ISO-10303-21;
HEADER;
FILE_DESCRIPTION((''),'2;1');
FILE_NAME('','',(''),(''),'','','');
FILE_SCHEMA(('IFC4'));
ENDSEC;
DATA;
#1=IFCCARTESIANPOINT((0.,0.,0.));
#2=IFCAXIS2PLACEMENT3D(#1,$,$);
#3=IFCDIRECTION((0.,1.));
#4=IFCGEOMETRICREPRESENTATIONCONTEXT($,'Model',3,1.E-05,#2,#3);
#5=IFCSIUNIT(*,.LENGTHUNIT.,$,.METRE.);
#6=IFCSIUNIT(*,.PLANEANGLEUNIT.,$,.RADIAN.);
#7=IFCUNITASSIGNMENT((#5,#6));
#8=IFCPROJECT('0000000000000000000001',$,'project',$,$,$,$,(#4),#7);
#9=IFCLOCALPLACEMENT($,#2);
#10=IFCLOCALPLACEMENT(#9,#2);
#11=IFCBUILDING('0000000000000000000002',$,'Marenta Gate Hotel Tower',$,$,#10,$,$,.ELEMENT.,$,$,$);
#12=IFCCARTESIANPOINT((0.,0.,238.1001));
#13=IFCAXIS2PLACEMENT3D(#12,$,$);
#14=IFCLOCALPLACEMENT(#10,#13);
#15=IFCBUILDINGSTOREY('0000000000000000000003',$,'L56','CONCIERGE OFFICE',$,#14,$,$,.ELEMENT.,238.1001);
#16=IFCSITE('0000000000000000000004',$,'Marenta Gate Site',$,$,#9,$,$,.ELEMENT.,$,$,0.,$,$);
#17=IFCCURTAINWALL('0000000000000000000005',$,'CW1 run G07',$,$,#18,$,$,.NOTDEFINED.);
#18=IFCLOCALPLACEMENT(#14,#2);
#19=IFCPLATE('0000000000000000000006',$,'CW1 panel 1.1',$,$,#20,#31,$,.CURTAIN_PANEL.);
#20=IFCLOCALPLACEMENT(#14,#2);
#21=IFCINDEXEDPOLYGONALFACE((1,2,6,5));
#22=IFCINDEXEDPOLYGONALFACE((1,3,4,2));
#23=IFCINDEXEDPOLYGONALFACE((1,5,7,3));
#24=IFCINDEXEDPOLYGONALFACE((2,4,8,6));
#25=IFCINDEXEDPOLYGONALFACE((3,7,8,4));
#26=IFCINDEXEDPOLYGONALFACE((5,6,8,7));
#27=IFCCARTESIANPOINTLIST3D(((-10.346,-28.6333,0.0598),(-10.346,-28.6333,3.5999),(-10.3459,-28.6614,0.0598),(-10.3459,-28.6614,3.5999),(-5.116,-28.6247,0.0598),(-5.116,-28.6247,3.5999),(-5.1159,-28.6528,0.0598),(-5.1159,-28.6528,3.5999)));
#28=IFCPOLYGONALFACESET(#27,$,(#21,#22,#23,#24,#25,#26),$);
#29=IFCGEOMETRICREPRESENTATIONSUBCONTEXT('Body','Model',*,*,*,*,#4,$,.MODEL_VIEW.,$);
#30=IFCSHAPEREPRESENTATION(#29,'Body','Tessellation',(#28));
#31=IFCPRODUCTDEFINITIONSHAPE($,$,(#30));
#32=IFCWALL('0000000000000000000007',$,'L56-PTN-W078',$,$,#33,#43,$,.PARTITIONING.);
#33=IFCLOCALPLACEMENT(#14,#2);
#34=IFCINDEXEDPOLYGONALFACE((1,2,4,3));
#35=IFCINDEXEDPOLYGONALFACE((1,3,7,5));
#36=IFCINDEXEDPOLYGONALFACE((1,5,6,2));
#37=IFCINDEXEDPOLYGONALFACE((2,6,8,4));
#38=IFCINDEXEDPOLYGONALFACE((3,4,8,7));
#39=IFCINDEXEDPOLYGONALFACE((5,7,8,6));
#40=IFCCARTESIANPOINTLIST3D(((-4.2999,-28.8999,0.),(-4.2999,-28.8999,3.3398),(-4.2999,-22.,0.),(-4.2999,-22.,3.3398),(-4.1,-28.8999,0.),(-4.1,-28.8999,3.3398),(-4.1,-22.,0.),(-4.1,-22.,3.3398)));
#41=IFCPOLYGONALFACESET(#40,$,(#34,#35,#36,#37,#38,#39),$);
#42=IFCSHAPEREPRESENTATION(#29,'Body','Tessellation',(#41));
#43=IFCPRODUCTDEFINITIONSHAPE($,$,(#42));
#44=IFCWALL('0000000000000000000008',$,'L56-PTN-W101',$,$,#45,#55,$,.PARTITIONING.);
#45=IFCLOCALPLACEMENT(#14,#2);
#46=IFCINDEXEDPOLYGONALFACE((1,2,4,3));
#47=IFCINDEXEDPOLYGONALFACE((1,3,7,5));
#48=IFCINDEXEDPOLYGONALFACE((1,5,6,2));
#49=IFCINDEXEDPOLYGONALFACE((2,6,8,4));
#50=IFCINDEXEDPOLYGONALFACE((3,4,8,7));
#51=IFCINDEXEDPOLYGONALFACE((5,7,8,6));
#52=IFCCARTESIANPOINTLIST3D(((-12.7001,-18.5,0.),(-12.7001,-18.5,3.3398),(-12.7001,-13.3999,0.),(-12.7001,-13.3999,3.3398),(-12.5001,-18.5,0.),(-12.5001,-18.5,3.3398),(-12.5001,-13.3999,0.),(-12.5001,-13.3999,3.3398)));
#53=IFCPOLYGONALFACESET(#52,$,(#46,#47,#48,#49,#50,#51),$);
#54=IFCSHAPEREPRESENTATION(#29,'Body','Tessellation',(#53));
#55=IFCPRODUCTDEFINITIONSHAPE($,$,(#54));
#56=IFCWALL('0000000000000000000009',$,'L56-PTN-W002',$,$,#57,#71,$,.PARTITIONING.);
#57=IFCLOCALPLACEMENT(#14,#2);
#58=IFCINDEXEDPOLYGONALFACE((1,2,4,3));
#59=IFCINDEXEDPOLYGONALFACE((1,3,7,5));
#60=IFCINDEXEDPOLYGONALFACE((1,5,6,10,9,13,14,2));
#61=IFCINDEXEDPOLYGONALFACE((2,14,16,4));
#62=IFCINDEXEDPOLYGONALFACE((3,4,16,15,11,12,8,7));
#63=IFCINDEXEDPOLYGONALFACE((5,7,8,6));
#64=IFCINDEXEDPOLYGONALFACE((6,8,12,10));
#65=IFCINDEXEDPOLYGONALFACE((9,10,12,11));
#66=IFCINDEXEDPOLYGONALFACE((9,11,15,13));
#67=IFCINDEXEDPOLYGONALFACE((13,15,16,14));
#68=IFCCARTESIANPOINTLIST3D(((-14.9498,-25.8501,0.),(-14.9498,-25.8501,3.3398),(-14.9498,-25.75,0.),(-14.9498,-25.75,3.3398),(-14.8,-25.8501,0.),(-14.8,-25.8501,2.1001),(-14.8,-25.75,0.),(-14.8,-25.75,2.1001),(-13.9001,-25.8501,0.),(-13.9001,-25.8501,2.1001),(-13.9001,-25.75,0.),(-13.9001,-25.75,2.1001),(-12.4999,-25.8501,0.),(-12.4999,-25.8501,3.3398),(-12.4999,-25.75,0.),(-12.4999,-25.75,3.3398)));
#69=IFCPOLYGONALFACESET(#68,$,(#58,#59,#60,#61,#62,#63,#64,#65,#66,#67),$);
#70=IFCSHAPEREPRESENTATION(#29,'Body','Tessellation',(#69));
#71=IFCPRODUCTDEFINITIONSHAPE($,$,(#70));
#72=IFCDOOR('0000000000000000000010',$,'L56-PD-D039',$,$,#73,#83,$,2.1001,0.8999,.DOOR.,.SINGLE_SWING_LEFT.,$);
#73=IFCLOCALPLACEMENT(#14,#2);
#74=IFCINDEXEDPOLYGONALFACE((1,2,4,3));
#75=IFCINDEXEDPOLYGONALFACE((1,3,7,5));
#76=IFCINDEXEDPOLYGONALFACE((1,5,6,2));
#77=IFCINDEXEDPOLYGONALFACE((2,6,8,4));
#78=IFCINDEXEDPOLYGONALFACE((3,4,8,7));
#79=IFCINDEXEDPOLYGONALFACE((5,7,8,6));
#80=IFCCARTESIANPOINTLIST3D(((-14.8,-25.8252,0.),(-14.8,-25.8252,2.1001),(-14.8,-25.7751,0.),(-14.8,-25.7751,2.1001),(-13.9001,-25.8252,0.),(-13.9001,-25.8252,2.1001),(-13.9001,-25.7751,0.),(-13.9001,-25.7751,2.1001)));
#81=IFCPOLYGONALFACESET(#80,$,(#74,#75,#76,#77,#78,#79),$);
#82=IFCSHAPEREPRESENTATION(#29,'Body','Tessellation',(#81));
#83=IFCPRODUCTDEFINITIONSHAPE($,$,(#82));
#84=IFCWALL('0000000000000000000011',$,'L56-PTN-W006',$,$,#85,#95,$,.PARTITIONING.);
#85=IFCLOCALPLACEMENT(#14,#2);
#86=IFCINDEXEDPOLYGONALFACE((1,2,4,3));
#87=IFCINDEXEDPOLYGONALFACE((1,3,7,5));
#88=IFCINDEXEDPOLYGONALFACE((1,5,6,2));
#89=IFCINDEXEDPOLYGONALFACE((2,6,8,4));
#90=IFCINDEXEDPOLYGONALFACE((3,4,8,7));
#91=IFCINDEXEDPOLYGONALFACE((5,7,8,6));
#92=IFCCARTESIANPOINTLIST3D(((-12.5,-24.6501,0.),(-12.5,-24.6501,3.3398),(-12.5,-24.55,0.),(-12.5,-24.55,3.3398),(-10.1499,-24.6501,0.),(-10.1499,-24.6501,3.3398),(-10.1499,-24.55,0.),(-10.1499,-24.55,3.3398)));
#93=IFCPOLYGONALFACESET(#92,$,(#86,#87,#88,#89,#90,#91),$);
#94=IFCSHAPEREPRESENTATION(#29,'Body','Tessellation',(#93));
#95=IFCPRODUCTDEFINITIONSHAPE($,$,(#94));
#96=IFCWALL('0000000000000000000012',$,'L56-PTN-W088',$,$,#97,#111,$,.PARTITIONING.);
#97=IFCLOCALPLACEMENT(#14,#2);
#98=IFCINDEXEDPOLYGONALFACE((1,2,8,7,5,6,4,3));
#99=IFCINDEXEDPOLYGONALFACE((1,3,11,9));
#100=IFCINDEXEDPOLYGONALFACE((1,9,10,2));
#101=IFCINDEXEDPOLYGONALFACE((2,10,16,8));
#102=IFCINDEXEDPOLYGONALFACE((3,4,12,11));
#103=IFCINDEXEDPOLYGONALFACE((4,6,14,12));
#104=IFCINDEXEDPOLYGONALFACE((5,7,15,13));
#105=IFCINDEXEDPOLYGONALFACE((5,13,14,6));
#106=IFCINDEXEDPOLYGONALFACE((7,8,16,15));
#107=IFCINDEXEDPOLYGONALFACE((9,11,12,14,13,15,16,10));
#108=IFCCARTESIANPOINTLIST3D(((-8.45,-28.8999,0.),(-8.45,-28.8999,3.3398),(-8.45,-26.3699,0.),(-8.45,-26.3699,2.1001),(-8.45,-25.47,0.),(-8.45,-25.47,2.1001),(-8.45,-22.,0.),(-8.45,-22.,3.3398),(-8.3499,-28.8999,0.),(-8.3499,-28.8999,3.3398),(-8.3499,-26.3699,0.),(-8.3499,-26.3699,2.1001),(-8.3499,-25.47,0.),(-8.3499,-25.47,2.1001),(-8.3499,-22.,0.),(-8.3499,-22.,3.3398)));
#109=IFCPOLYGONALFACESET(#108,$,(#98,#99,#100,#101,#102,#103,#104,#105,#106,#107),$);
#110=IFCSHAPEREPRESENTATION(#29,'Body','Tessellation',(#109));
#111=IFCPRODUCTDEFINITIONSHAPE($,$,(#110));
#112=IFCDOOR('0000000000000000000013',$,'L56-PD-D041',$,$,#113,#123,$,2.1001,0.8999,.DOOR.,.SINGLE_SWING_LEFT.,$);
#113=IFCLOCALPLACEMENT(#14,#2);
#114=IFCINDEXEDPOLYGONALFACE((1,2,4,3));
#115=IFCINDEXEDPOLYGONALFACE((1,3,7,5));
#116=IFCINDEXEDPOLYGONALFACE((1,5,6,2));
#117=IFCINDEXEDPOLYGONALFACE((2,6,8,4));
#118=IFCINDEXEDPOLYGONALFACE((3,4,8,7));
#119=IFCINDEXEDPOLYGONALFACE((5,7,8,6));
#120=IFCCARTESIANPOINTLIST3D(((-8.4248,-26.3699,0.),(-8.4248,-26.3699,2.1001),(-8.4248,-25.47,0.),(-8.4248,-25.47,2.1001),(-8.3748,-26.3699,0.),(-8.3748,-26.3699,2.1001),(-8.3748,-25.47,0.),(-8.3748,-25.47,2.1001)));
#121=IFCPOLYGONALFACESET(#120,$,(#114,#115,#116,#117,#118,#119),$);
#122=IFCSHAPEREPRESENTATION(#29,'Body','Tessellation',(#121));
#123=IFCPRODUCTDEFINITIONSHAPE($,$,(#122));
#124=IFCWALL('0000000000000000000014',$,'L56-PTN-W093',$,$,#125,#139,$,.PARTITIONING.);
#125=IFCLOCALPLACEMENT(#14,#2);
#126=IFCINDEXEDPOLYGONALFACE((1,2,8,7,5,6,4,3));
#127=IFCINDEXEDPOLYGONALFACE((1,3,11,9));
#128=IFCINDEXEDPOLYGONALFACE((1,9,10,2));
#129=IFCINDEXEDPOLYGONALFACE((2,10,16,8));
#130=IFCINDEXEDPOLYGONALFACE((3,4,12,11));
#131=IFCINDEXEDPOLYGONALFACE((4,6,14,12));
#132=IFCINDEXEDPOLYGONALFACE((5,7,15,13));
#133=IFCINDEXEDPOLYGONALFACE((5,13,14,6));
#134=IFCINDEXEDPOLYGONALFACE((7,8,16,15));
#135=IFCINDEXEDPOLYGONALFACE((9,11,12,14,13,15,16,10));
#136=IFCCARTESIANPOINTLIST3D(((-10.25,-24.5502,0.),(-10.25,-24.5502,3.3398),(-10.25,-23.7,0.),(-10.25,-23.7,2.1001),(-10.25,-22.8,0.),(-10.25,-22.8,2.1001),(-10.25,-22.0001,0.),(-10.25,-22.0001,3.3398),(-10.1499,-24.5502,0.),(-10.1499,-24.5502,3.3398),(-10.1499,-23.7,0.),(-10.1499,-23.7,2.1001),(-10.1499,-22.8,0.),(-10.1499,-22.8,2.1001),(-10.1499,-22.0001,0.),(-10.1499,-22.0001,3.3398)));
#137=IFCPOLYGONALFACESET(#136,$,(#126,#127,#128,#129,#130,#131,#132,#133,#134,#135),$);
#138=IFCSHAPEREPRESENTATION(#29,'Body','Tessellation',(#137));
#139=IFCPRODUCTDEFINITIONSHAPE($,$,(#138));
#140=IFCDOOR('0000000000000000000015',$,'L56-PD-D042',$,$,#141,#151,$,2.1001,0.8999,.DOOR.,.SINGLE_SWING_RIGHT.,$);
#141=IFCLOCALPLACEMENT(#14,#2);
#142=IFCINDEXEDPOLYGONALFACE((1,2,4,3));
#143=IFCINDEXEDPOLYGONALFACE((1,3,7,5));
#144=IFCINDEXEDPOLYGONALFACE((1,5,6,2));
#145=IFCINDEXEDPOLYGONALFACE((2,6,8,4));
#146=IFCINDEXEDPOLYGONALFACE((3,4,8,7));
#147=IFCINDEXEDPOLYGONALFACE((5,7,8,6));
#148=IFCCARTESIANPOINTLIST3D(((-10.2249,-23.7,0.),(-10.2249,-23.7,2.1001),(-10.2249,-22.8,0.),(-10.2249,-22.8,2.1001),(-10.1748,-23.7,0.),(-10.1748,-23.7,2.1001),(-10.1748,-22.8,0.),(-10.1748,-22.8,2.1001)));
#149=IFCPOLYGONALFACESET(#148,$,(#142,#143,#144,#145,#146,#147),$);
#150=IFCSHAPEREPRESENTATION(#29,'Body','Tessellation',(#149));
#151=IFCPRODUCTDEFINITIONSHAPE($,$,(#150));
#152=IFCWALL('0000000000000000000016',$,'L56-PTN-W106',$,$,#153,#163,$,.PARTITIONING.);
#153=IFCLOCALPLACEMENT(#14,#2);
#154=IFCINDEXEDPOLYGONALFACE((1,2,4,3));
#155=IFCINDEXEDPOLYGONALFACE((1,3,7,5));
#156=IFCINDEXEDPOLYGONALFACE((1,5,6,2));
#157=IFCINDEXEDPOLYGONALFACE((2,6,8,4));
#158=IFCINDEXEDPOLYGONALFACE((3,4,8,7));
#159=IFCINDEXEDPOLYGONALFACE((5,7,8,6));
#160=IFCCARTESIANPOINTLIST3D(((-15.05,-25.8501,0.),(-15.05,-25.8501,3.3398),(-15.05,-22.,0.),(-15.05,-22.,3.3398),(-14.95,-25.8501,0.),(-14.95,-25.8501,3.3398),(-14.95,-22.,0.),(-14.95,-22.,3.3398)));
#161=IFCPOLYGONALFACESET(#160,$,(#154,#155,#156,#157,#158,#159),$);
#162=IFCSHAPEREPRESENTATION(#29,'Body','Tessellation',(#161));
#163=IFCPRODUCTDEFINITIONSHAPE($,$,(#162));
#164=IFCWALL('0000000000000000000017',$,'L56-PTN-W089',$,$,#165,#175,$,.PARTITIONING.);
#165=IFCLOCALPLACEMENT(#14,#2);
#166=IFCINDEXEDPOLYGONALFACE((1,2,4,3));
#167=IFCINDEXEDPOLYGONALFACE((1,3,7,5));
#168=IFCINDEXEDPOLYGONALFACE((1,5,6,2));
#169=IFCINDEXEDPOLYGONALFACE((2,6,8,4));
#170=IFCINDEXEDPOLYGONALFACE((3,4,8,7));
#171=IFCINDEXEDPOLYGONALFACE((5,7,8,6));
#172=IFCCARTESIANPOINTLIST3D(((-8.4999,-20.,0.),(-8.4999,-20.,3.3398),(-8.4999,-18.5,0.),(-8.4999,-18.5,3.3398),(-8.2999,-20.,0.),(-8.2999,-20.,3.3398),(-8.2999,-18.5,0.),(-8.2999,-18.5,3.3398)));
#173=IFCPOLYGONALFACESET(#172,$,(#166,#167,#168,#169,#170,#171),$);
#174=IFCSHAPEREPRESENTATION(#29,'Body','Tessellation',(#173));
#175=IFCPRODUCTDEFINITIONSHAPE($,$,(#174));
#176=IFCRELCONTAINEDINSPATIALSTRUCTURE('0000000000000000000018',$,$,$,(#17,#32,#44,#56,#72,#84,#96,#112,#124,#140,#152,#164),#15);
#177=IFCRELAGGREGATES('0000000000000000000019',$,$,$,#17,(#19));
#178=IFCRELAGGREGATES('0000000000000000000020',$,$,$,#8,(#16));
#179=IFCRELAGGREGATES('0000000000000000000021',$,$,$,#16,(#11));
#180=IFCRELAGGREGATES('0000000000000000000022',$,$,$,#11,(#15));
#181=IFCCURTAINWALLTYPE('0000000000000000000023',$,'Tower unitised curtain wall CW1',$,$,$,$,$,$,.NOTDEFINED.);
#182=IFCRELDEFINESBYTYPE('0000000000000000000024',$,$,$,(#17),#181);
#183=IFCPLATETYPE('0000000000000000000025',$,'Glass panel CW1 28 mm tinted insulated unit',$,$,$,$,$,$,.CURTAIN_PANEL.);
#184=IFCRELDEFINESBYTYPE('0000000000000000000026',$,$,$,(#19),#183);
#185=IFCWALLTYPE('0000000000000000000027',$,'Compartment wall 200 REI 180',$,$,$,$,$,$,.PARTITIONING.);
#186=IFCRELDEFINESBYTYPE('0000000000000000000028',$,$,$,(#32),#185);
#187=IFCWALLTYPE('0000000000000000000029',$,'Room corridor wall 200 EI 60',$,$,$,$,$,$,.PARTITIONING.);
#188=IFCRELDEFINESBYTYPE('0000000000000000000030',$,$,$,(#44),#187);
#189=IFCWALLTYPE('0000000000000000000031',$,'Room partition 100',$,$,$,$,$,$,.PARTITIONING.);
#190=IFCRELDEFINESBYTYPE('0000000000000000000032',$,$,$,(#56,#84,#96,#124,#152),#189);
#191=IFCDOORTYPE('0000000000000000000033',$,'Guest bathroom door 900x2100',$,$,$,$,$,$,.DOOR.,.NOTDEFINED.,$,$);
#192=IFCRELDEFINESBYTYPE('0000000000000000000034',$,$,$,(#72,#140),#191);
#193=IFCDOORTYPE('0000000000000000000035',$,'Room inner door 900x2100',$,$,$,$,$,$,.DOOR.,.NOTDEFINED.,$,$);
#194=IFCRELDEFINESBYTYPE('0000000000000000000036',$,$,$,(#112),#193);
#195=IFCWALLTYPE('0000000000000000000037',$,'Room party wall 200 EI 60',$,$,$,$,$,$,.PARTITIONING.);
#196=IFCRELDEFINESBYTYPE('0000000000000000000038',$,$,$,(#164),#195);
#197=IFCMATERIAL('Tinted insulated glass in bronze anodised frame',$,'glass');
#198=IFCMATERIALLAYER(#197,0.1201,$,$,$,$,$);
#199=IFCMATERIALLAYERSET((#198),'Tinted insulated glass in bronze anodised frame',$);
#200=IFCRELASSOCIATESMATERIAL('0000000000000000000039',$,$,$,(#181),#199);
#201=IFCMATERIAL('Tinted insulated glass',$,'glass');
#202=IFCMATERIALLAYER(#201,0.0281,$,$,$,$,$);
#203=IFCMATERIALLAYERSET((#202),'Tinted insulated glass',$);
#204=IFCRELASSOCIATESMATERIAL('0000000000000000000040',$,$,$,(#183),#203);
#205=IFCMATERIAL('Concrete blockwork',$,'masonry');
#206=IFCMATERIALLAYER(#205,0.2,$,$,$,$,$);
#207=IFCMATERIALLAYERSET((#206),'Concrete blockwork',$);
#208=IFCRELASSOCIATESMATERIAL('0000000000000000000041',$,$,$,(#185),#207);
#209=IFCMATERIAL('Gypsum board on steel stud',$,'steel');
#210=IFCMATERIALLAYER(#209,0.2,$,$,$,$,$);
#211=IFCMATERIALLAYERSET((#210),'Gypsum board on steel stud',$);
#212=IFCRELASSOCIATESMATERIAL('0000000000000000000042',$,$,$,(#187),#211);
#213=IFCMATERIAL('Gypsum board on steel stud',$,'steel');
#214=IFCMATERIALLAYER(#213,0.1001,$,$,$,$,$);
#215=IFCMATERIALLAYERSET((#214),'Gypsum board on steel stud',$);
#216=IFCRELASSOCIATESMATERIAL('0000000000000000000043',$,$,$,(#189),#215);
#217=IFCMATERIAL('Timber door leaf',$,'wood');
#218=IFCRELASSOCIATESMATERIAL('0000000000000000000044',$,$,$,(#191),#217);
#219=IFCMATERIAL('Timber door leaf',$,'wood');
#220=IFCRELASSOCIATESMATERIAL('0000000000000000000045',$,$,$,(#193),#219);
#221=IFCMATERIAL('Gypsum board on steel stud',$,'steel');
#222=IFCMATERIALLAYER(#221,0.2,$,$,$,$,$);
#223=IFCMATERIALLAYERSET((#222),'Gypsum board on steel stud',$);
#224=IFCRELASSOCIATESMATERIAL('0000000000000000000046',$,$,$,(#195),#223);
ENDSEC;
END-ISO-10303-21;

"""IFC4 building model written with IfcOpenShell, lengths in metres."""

from ifc_helpers import new_model, si_unit, direction, frame, frame_2d, origin, origin_2d, place, context, subcontext, project, spatial, rectangle, extrude, material, layer, layer_set, type_object, element, fill, aggregate, save


model = new_model("IFC4")

# Units and contexts
model_context = context("Model", 3, precision=1e-05, world=origin(), true_north=direction((0.0, 1.0)))
body_context = subcontext(model_context, "Body", "Model", "MODEL_VIEW")
ifc_project = project(units=[si_unit("LENGTHUNIT", "METRE"), si_unit("PLANEANGLEUNIT", "RADIAN")], contexts=[model_context])

# Site, building, storey
site_placement = place(None, origin())
site = spatial("IfcSite", under=ifc_project, at=site_placement, Name="Marenta Gate Site", CompositionType="ELEMENT", RefElevation=0.0)
building_placement = place(site_placement, origin())
building = spatial("IfcBuilding", under=site, at=building_placement, Name="Marenta Gate Hotel Tower", CompositionType="ELEMENT")
storey_placement = place(building_placement, frame((0.0, 0.0, 238.1001)))
storey = spatial("IfcBuildingStorey", under=building, at=storey_placement, Name="L56", Description="CONCIERGE OFFICE", CompositionType="ELEMENT", Elevation=238.1001)

# Shared definitions
ifc_material_1 = material(Name="Tinted insulated glass in bronze anodised frame", Category="glass")
ifc_layer_1 = layer(ifc_material_1, 0.1201)
ifc_layer_set_1 = layer_set([ifc_layer_1], Name="Tinted insulated glass in bronze anodised frame")
curtain_wall_type = type_object("IfcCurtainWallType", Name="Tower unitised curtain wall CW1", PredefinedType="NOTDEFINED", material=ifc_layer_set_1)

# Curtain wall
curtain_wall_1_placement = place(storey_placement, origin())
curtain_wall_1 = element("IfcCurtainWall", 1, at=curtain_wall_1_placement, inside=storey, type_object=curtain_wall_type, Name="CW1 run G07", PredefinedType="NOTDEFINED")

# Plate
ifc_material_2 = material(Name="Tinted insulated glass", Category="glass")
ifc_layer_2 = layer(ifc_material_2, 0.0281)
ifc_layer_set_2 = layer_set([ifc_layer_2], Name="Tinted insulated glass")
plate_type = type_object("IfcPlateType", Name="Glass panel CW1 28 mm tinted insulated unit", PredefinedType="CURTAIN_PANEL", material=ifc_layer_set_2)
plate_1_placement = place(storey_placement, frame((-7.731, -28.6431, 0.0598), z_axis=(0.0, 0.0, 1.0), x_axis=(0.999999, 0.001645, 0.0)))
plate_1 = element("IfcPlate", 2, at=plate_1_placement, type_object=plate_type, Name="CW1 panel 1.1", PredefinedType="CURTAIN_PANEL", context=body_context, shape_type="SweptSolid", body=[
    extrude(rectangle(XDim=5.23, YDim=0.0281, at=origin_2d()), origin(), (0.0, 0.0, 1.0), 3.54),
])
aggregate(curtain_wall_1, [plate_1])

# Wall
ifc_material_3 = material(Name="Concrete blockwork", Category="masonry")
ifc_layer_3 = layer(ifc_material_3, 0.2)
ifc_layer_set_3 = layer_set([ifc_layer_3], Name="Concrete blockwork")
wall_type_1 = type_object("IfcWallType", Name="Compartment wall 200 REI 180", PredefinedType="PARTITIONING", material=ifc_layer_set_3)
wall_1_placement = place(storey_placement, frame((-4.2, -28.8999, 0.0), z_axis=(0.0, 0.0, 1.0), x_axis=(0.0, 1.0, 0.0)))
element("IfcWall", 3, at=wall_1_placement, inside=storey, type_object=wall_type_1, Name="L56-PTN-W078", PredefinedType="PARTITIONING", context=body_context, shape_type="SweptSolid", body=[
    extrude(rectangle(XDim=6.8999, YDim=0.2, at=frame_2d((3.45, 0.0))), origin(), (0.0, 0.0, 1.0), 3.3398),
])

# Wall
ifc_material_4 = material(Name="Gypsum board on steel stud", Category="steel")
ifc_layer_4 = layer(ifc_material_4, 0.2)
ifc_layer_set_4 = layer_set([ifc_layer_4], Name="Gypsum board on steel stud")
wall_type_2 = type_object("IfcWallType", Name="Room corridor wall 200 EI 60", PredefinedType="PARTITIONING", material=ifc_layer_set_4)
wall_2_placement = place(storey_placement, frame((-12.6001, -18.5, 0.0), z_axis=(0.0, 0.0, 1.0), x_axis=(0.0, 1.0, 0.0)))
element("IfcWall", 4, at=wall_2_placement, inside=storey, type_object=wall_type_2, Name="L56-PTN-W101", PredefinedType="PARTITIONING", context=body_context, shape_type="SweptSolid", body=[
    extrude(rectangle(XDim=5.1001, YDim=0.2, at=frame_2d((2.55, 0.0))), origin(), (0.0, 0.0, 1.0), 3.3398),
])

# Wall, opening, door
ifc_material_5 = material(Name="Gypsum board on steel stud", Category="steel")
ifc_layer_5 = layer(ifc_material_5, 0.1001)
ifc_layer_set_5 = layer_set([ifc_layer_5], Name="Gypsum board on steel stud")
wall_type_3 = type_object("IfcWallType", Name="Room partition 100", PredefinedType="PARTITIONING", material=ifc_layer_set_5)
wall_3_placement = place(storey_placement, frame((-14.95, -25.8, 0.0), z_axis=(0.0, 0.0, 1.0), x_axis=(1.0, 0.0, 0.0)))
wall_3 = element("IfcWall", 5, at=wall_3_placement, inside=storey, type_object=wall_type_3, Name="L56-PTN-W002", PredefinedType="PARTITIONING", context=body_context, shape_type="SweptSolid", body=[
    extrude(rectangle(XDim=2.45, YDim=0.1001, at=frame_2d((1.2251, 0.0))), origin(), (0.0, 0.0, 1.0), 3.3398),
])
opening_1_placement = place(wall_3_placement, frame((0.1499, 0.0, 0.0)))
opening_1 = element("IfcOpeningElement", 6, at=opening_1_placement, cuts=wall_3, PredefinedType="OPENING", context=body_context, shape_type="SweptSolid", body=[
    extrude(rectangle(XDim=0.8999, YDim=2.1001, at=frame_2d((0.45, 1.05))), frame((0.0, 0.05, 0.0), z_axis=(0.0, -1.0, 0.0), x_axis=(1.0, 0.0, 0.0)), (0.0, 0.0, 1.0), 0.1001),
])
ifc_material_6 = material(Name="Timber door leaf", Category="wood")
door_type_1 = type_object("IfcDoorType", Name="Guest bathroom door 900x2100", OperationType="NOTDEFINED", PredefinedType="DOOR", material=ifc_material_6)
door_1_placement = place(opening_1_placement, origin())
door_1 = element("IfcDoor", 7, at=door_1_placement, inside=storey, type_object=door_type_1, Name="L56-PD-D039", OperationType="SINGLE_SWING_LEFT", OverallHeight=2.1001, OverallWidth=0.8999, PredefinedType="DOOR", context=body_context, shape_type="SweptSolid", body=[
    extrude(rectangle(XDim=0.8999, YDim=2.1001, at=frame_2d((0.45, 1.05))), frame((0.0, 0.0249, 0.0), z_axis=(0.0, -1.0, 0.0), x_axis=(1.0, 0.0, 0.0)), (0.0, 0.0, 1.0), 0.05),
])
fill(opening_1, door_1)

# Wall
wall_4_placement = place(storey_placement, frame((-12.5, -24.6001, 0.0), z_axis=(0.0, 0.0, 1.0), x_axis=(1.0, 0.0, 0.0)))
element("IfcWall", 8, at=wall_4_placement, inside=storey, type_object=wall_type_3, Name="L56-PTN-W006", PredefinedType="PARTITIONING", context=body_context, shape_type="SweptSolid", body=[
    extrude(rectangle(XDim=2.3501, YDim=0.1001, at=frame_2d((1.175, 0.0))), origin(), (0.0, 0.0, 1.0), 3.3398),
])

# Walls, openings, doors
wall_5_placement = place(storey_placement, frame((-8.3999, -28.8999, 0.0), z_axis=(0.0, 0.0, 1.0), x_axis=(0.0, 1.0, 0.0)))
wall_5 = element("IfcWall", 9, at=wall_5_placement, inside=storey, type_object=wall_type_3, Name="L56-PTN-W088", PredefinedType="PARTITIONING", context=body_context, shape_type="SweptSolid", body=[
    extrude(rectangle(XDim=6.8999, YDim=0.1001, at=frame_2d((3.45, 0.0))), origin(), (0.0, 0.0, 1.0), 3.3398),
])
opening_2_placement = place(wall_5_placement, frame((2.53, 0.0, 0.0)))
opening_2 = element("IfcOpeningElement", 10, at=opening_2_placement, cuts=wall_5, PredefinedType="OPENING", context=body_context, shape_type="SweptSolid", body=[
    extrude(rectangle(XDim=0.8999, YDim=2.1001, at=frame_2d((0.45, 1.05))), frame((0.0, 0.05, 0.0), z_axis=(0.0, -1.0, 0.0), x_axis=(1.0, 0.0, 0.0)), (0.0, 0.0, 1.0), 0.1001),
])
ifc_material_7 = material(Name="Timber door leaf", Category="wood")
door_type_2 = type_object("IfcDoorType", Name="Room inner door 900x2100", OperationType="NOTDEFINED", PredefinedType="DOOR", material=ifc_material_7)
door_2_placement = place(opening_2_placement, origin())
door_2 = element("IfcDoor", 11, at=door_2_placement, inside=storey, type_object=door_type_2, Name="L56-PD-D041", OperationType="SINGLE_SWING_LEFT", OverallHeight=2.1001, OverallWidth=0.8999, PredefinedType="DOOR", context=body_context, shape_type="SweptSolid", body=[
    extrude(rectangle(XDim=0.8999, YDim=2.1001, at=frame_2d((0.45, 1.05))), frame((0.0, 0.0249, 0.0), z_axis=(0.0, -1.0, 0.0), x_axis=(1.0, 0.0, 0.0)), (0.0, 0.0, 1.0), 0.05),
])
fill(opening_2, door_2)
wall_6_placement = place(storey_placement, frame((-10.2, -24.55, 0.0), z_axis=(0.0, 0.0, 1.0), x_axis=(0.0, 1.0, 0.0)))
wall_6 = element("IfcWall", 12, at=wall_6_placement, inside=storey, type_object=wall_type_3, Name="L56-PTN-W093", PredefinedType="PARTITIONING", context=body_context, shape_type="SweptSolid", body=[
    extrude(rectangle(XDim=2.55, YDim=0.1001, at=frame_2d((1.2749, 0.0))), origin(), (0.0, 0.0, 1.0), 3.3398),
])
opening_3_placement = place(wall_6_placement, frame((0.8501, 0.0, 0.0)))
opening_3 = element("IfcOpeningElement", 13, at=opening_3_placement, cuts=wall_6, PredefinedType="OPENING", context=body_context, shape_type="SweptSolid", body=[
    extrude(rectangle(XDim=0.8999, YDim=2.1001, at=frame_2d((0.45, 1.05))), frame((0.0, 0.05, 0.0), z_axis=(0.0, -1.0, 0.0), x_axis=(1.0, 0.0, 0.0)), (0.0, 0.0, 1.0), 0.1001),
])
door_3_placement = place(opening_3_placement, origin())
door_3 = element("IfcDoor", 14, at=door_3_placement, inside=storey, type_object=door_type_1, Name="L56-PD-D042", OperationType="SINGLE_SWING_RIGHT", OverallHeight=2.1001, OverallWidth=0.8999, PredefinedType="DOOR", context=body_context, shape_type="SweptSolid", body=[
    extrude(rectangle(XDim=0.8999, YDim=2.1001, at=frame_2d((0.45, 1.05))), frame((0.0, 0.0249, 0.0), z_axis=(0.0, -1.0, 0.0), x_axis=(1.0, 0.0, 0.0)), (0.0, 0.0, 1.0), 0.05),
])
fill(opening_3, door_3)

# Walls
wall_7_placement = place(storey_placement, frame((-15.0, -25.8501, 0.0), z_axis=(0.0, 0.0, 1.0), x_axis=(0.0, 1.0, 0.0)))
element("IfcWall", 15, at=wall_7_placement, inside=storey, type_object=wall_type_3, Name="L56-PTN-W106", PredefinedType="PARTITIONING", context=body_context, shape_type="SweptSolid", body=[
    extrude(rectangle(XDim=3.8501, YDim=0.1001, at=frame_2d((1.925, 0.0))), origin(), (0.0, 0.0, 1.0), 3.3398),
])
ifc_material_8 = material(Name="Gypsum board on steel stud", Category="steel")
ifc_layer_6 = layer(ifc_material_8, 0.2)
ifc_layer_set_6 = layer_set([ifc_layer_6], Name="Gypsum board on steel stud")
wall_type_4 = type_object("IfcWallType", Name="Room party wall 200 EI 60", PredefinedType="PARTITIONING", material=ifc_layer_set_6)
wall_8_placement = place(storey_placement, frame((-8.3999, -20.0, 0.0), z_axis=(0.0, 0.0, 1.0), x_axis=(0.0, 1.0, 0.0)))
element("IfcWall", 16, at=wall_8_placement, inside=storey, type_object=wall_type_4, Name="L56-PTN-W089", PredefinedType="PARTITIONING", context=body_context, shape_type="SweptSolid", body=[
    extrude(rectangle(XDim=1.5, YDim=0.2, at=frame_2d((0.75, 0.0))), origin(), (0.0, 0.0, 1.0), 3.3398),
])

save(model, "model.ifc")
